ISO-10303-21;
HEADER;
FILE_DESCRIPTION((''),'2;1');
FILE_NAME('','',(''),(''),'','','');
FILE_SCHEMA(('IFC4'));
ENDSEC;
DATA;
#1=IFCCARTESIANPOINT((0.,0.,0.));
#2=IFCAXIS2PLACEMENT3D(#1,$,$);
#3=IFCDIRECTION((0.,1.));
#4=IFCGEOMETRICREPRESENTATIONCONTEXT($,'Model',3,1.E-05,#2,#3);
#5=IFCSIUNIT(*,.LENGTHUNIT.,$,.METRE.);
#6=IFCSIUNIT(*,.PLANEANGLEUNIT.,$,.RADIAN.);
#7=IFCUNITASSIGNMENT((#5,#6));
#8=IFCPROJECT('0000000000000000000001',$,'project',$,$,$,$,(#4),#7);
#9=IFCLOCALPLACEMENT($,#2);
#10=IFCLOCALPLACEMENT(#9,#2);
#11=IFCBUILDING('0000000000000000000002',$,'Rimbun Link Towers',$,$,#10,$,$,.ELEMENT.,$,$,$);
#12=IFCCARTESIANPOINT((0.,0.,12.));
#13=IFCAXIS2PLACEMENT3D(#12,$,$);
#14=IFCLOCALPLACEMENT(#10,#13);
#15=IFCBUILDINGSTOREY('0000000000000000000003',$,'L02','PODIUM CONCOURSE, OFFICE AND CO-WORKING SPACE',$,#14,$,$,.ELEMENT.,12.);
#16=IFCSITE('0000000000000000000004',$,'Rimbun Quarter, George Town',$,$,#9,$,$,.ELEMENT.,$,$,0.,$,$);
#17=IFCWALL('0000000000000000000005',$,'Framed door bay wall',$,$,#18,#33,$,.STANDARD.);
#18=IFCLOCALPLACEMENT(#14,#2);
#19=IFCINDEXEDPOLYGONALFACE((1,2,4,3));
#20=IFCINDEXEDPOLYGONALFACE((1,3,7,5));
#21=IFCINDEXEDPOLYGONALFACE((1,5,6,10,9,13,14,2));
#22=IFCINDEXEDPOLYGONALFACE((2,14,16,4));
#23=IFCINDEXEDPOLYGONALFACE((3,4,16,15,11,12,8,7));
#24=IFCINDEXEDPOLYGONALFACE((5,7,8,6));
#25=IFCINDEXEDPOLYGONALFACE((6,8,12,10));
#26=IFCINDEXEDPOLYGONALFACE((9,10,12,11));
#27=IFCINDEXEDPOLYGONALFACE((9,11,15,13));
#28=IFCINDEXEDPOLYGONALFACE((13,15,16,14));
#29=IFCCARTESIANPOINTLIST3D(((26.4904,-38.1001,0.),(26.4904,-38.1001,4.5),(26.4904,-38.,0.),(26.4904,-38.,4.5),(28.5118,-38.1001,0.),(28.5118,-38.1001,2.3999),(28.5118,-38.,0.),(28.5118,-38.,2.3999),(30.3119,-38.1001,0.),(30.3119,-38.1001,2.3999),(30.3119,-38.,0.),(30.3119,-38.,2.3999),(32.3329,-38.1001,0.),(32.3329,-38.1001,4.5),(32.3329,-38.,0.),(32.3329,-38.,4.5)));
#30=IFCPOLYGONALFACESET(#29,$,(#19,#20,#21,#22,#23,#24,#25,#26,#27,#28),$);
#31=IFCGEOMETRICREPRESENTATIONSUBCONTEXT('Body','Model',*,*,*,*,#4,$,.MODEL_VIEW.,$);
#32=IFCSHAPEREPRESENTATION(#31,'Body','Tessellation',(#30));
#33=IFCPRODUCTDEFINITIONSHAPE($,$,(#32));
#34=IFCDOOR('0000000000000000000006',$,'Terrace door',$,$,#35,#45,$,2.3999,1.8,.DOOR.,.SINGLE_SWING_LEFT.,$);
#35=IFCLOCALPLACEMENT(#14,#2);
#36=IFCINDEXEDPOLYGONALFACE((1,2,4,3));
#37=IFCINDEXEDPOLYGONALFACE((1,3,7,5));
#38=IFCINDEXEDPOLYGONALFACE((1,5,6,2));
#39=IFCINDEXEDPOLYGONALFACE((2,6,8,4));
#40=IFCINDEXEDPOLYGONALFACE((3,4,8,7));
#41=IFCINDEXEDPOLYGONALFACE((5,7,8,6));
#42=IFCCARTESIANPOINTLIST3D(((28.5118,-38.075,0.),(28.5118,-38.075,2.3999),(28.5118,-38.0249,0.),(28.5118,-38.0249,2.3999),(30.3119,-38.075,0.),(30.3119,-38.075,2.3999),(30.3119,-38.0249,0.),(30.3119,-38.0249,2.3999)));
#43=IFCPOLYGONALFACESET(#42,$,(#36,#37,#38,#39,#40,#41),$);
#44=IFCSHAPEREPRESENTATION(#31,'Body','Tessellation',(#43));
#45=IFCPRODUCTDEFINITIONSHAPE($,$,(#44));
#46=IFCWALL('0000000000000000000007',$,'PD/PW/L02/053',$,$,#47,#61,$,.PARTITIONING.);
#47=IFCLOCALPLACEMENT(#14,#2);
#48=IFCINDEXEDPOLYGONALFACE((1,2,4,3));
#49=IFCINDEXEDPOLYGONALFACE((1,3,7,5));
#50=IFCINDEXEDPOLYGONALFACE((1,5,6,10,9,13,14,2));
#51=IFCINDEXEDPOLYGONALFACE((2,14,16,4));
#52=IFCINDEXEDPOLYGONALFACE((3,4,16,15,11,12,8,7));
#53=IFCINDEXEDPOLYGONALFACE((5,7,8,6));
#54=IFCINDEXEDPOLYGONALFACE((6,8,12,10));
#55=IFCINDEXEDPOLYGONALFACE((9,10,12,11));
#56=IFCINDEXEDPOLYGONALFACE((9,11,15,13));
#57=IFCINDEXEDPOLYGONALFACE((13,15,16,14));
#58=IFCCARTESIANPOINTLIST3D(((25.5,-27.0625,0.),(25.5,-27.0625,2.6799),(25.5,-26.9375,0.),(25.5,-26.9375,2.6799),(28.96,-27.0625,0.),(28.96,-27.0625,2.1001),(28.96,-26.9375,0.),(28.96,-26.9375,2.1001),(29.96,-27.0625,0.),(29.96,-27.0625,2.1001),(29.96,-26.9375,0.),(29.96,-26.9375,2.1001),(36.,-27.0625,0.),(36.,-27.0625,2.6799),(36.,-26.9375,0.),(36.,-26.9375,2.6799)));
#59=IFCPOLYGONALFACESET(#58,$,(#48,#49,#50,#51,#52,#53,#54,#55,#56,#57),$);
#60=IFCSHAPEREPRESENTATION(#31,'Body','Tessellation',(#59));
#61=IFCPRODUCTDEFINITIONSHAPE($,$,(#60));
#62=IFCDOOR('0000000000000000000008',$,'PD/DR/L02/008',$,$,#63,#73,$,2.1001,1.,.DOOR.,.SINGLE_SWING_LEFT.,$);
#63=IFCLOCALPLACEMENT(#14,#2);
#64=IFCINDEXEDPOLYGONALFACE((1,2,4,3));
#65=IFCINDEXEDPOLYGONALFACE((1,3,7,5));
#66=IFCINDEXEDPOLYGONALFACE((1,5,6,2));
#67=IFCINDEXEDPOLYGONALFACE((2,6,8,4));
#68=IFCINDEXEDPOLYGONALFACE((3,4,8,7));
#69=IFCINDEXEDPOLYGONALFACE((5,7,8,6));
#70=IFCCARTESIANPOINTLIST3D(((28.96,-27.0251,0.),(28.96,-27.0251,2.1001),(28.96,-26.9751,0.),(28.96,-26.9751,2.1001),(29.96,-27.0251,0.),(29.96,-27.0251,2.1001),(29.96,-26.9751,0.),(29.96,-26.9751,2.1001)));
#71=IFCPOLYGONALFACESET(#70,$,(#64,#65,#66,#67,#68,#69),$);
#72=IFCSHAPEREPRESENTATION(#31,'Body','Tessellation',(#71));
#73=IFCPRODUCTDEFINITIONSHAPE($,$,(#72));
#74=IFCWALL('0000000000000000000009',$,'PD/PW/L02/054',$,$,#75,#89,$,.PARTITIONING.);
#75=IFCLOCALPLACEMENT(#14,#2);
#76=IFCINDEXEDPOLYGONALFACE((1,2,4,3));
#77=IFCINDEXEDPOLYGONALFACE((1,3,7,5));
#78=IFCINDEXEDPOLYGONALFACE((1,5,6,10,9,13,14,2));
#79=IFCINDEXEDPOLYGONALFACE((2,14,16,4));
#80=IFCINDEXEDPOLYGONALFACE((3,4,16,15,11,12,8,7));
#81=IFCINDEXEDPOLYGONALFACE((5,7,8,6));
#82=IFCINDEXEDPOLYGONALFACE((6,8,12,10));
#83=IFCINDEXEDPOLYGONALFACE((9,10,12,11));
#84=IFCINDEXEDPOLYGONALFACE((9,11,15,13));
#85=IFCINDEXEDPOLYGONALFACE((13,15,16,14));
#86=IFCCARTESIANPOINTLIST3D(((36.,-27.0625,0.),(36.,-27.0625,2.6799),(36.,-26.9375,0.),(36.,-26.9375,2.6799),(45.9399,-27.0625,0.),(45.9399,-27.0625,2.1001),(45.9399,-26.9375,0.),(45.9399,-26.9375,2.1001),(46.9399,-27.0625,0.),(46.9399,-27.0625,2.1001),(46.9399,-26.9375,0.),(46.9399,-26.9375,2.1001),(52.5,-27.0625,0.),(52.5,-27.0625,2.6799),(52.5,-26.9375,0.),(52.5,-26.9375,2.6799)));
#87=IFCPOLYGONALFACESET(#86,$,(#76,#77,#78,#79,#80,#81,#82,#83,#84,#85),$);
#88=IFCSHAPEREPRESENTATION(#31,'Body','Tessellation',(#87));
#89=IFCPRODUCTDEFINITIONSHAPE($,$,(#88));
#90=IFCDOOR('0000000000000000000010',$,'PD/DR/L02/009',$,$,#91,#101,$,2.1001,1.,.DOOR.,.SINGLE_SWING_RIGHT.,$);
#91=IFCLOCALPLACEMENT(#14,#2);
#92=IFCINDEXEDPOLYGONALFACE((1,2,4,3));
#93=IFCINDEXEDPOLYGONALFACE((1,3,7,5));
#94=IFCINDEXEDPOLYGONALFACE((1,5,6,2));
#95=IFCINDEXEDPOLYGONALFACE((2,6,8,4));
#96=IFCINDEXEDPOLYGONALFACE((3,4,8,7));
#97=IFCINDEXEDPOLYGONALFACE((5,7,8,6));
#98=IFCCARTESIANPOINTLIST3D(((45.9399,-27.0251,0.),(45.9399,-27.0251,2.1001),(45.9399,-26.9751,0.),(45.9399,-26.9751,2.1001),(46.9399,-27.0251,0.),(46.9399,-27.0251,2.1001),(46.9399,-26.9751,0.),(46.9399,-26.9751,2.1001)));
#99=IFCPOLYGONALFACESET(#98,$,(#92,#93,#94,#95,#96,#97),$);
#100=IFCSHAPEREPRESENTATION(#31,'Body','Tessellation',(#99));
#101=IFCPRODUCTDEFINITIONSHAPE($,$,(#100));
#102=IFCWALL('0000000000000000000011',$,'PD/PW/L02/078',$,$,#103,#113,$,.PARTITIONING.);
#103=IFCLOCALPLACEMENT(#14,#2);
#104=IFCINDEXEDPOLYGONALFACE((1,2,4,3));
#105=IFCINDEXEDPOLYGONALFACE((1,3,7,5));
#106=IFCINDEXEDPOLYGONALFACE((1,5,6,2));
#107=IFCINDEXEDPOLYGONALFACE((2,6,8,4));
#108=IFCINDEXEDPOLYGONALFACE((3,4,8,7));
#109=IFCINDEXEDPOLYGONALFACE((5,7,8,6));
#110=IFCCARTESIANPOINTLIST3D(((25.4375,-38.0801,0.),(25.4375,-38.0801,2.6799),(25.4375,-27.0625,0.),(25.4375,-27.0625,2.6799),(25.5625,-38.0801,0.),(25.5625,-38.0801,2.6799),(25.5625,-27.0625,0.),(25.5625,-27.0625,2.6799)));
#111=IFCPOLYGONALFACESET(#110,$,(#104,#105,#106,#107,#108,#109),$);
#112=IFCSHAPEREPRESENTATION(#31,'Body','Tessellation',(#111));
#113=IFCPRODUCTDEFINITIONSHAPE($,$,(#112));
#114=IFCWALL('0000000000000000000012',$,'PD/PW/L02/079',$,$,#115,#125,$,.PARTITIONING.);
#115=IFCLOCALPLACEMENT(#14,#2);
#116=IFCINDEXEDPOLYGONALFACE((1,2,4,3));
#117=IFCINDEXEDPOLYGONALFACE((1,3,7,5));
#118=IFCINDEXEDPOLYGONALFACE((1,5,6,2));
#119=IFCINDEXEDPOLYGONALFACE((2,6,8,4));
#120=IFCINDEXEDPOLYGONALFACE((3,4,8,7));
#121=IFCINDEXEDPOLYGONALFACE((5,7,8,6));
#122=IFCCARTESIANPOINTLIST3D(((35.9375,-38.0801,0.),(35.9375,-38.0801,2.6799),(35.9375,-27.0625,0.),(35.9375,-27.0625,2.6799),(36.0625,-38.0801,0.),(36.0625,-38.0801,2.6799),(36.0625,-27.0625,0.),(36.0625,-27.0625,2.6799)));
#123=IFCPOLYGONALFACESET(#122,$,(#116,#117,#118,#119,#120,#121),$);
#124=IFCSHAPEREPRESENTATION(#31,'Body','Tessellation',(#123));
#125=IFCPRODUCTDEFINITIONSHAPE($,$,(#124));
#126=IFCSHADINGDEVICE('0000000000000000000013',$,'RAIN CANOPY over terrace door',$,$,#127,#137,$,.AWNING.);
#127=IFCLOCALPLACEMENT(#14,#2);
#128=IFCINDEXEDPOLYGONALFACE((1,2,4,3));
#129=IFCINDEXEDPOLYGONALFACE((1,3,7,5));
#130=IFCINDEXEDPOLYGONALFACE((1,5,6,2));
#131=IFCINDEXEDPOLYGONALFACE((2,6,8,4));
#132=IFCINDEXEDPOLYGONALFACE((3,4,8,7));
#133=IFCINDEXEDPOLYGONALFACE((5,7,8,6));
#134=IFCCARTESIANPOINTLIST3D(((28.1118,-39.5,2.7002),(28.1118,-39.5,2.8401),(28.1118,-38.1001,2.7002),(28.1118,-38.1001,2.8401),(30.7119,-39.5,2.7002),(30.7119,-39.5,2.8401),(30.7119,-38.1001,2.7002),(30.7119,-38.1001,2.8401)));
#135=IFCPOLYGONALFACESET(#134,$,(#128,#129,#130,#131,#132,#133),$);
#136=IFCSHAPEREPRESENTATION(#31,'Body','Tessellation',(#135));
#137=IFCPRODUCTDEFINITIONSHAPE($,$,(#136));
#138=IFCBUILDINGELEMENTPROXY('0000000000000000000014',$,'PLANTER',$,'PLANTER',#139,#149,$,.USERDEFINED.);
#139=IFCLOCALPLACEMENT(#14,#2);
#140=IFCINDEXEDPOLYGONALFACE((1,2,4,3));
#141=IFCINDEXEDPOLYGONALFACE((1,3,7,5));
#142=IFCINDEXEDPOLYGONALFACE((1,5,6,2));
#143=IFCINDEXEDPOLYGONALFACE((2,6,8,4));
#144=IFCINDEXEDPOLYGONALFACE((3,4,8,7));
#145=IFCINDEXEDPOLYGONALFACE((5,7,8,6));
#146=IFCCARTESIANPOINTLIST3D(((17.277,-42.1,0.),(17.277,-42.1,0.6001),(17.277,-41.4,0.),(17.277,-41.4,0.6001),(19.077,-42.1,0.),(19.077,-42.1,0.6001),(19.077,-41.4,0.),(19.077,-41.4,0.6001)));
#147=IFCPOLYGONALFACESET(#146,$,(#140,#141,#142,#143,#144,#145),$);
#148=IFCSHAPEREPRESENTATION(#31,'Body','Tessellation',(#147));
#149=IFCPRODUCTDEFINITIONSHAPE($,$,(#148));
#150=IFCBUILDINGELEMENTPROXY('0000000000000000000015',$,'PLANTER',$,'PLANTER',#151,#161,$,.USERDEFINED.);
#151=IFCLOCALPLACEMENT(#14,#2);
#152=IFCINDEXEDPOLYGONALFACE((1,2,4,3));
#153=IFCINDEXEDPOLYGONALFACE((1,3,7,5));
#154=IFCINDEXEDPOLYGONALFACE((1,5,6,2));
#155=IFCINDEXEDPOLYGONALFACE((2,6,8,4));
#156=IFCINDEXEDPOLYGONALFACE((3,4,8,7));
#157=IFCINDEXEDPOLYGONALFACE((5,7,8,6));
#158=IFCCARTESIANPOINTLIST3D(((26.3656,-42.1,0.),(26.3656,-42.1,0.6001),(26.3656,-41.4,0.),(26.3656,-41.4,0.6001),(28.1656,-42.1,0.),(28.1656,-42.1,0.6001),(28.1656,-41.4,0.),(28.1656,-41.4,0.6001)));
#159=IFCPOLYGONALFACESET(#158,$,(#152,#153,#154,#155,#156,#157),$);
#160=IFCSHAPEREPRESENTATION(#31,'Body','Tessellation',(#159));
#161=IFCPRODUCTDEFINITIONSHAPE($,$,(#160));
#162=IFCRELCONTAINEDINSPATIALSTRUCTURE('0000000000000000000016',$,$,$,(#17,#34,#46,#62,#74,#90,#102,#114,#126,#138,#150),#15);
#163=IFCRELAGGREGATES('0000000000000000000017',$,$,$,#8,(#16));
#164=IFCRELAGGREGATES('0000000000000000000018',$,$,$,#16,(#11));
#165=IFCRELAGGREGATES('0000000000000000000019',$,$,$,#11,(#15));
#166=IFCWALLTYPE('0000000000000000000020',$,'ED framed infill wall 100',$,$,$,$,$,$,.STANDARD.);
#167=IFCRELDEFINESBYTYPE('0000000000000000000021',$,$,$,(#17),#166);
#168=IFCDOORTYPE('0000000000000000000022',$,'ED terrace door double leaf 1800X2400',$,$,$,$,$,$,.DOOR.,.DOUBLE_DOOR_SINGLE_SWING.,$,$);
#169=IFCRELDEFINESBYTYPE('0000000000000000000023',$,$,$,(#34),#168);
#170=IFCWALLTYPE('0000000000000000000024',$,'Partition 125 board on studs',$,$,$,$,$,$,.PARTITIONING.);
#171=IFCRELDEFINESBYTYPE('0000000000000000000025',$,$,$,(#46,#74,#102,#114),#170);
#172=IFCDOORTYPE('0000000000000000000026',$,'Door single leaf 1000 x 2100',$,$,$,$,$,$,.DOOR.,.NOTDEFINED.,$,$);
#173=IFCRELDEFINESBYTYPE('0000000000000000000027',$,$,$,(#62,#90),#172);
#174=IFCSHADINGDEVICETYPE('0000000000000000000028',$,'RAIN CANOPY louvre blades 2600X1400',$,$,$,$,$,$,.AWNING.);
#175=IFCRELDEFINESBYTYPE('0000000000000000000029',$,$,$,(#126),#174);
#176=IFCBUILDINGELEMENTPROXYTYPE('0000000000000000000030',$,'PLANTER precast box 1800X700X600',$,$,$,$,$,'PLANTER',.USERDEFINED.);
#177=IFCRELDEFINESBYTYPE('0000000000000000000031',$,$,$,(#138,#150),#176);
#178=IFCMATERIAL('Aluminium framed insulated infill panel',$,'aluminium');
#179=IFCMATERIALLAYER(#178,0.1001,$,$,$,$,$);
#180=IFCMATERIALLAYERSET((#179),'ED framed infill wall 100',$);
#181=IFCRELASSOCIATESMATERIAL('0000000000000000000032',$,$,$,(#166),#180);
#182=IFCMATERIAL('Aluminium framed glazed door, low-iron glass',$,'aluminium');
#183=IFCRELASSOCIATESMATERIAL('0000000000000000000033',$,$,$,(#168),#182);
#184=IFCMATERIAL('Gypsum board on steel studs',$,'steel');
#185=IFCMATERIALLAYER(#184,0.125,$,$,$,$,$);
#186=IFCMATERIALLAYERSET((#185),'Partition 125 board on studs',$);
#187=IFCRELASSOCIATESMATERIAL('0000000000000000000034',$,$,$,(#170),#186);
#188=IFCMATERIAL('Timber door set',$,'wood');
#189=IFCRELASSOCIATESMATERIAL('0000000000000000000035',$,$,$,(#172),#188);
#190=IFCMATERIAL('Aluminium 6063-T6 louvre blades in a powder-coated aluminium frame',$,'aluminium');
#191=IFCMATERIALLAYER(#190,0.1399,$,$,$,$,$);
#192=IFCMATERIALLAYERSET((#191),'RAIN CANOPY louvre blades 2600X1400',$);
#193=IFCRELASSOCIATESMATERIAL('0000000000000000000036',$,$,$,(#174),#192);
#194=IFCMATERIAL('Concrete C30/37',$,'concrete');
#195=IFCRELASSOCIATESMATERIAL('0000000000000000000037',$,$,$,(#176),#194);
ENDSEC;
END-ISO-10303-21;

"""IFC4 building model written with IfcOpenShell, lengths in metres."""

from ifc_helpers import new_model, si_unit, direction, frame, frame_2d, origin, origin_2d, place, context, subcontext, project, spatial, rectangle, extrude, material, layer, layer_set, type_object, element, fill, save


model = new_model("IFC4")

# Units and contexts
model_context = context("Model", 3, precision=1e-05, world=origin(), true_north=direction((0.0, 1.0)))
body_context = subcontext(model_context, "Body", "Model", "MODEL_VIEW")
ifc_project = project(units=[si_unit("LENGTHUNIT", "METRE"), si_unit("PLANEANGLEUNIT", "RADIAN")], contexts=[model_context])

# Site, building, storey
site_placement = place(None, origin())
site = spatial("IfcSite", under=ifc_project, at=site_placement, Name="Rimbun Quarter, George Town", CompositionType="ELEMENT", RefElevation=0.0)
building_placement = place(site_placement, origin())
building = spatial("IfcBuilding", under=site, at=building_placement, Name="Rimbun Link Towers", CompositionType="ELEMENT")
storey_placement = place(building_placement, frame((0.0, 0.0, 12.0)))
storey = spatial("IfcBuildingStorey", under=building, at=storey_placement, Name="L02", Description="PODIUM CONCOURSE, OFFICE AND CO-WORKING SPACE", CompositionType="ELEMENT", Elevation=12.0)

# Walls, openings, doors
ifc_material_1 = material(Name="Aluminium framed insulated infill panel", Category="aluminium")
ifc_layer_1 = layer(ifc_material_1, 0.1001)
ifc_layer_set_1 = layer_set([ifc_layer_1], Name="ED framed infill wall 100")
wall_type_1 = type_object("IfcWallType", Name="ED framed infill wall 100", PredefinedType="STANDARD", material=ifc_layer_set_1)
wall_1_placement = place(storey_placement, frame((32.333, -38.05, 0.0), z_axis=(0.0, 0.0, 1.0), x_axis=(-1.0, 0.0, 0.0)))
wall_1 = element("IfcWall", 1, at=wall_1_placement, inside=storey, type_object=wall_type_1, Name="Framed door bay wall", PredefinedType="STANDARD", context=body_context, shape_type="SweptSolid", body=[
    extrude(rectangle(XDim=5.8425, YDim=0.1001, at=frame_2d((2.9214, 0.0))), origin(), (0.0, 0.0, 1.0), 4.5),
])
opening_1_placement = place(wall_1_placement, frame((2.0212, 0.0, 0.0)))
opening_1 = element("IfcOpeningElement", 2, at=opening_1_placement, cuts=wall_1, PredefinedType="OPENING", context=body_context, shape_type="SweptSolid", body=[
    extrude(rectangle(XDim=1.8, YDim=2.3999, at=frame_2d((0.8999, 1.2))), frame((0.0, 0.0601, 0.0), z_axis=(0.0, -1.0, 0.0), x_axis=(1.0, 0.0, 0.0)), (0.0, 0.0, 1.0), 0.1201),
])
ifc_material_2 = material(Name="Aluminium framed glazed door, low-iron glass", Category="aluminium")
door_type_1 = type_object("IfcDoorType", Name="ED terrace door double leaf 1800X2400", OperationType="DOUBLE_DOOR_SINGLE_SWING", PredefinedType="DOOR", material=ifc_material_2)
door_1_placement = place(opening_1_placement, origin())
door_1 = element("IfcDoor", 3, at=door_1_placement, inside=storey, type_object=door_type_1, Name="Terrace door", OperationType="SINGLE_SWING_LEFT", OverallHeight=2.3999, OverallWidth=1.8, PredefinedType="DOOR", context=body_context, shape_type="SweptSolid", body=[
    extrude(rectangle(XDim=1.8, YDim=2.3999, at=frame_2d((0.8999, 1.2))), frame((0.0, 0.0249, 0.0), z_axis=(0.0, -1.0, 0.0), x_axis=(1.0, 0.0, 0.0)), (0.0, 0.0, 1.0), 0.05),
])
fill(opening_1, door_1)
ifc_material_3 = material(Name="Gypsum board on steel studs", Category="steel")
ifc_layer_2 = layer(ifc_material_3, 0.125)
ifc_layer_set_2 = layer_set([ifc_layer_2], Name="Partition 125 board on studs")
wall_type_2 = type_object("IfcWallType", Name="Partition 125 board on studs", PredefinedType="PARTITIONING", material=ifc_layer_set_2)
wall_2_placement = place(storey_placement, frame((25.5, -27.0, 0.0), z_axis=(0.0, 0.0, 1.0), x_axis=(1.0, 0.0, 0.0)))
wall_2 = element("IfcWall", 4, at=wall_2_placement, inside=storey, type_object=wall_type_2, Name="PD/PW/L02/053", PredefinedType="PARTITIONING", context=body_context, shape_type="SweptSolid", body=[
    extrude(rectangle(XDim=10.5, YDim=0.125, at=frame_2d((5.25, 0.0))), origin(), (0.0, 0.0, 1.0), 2.6799),
])
opening_2_placement = place(wall_2_placement, frame((3.46, 0.0, 0.0)))
opening_2 = element("IfcOpeningElement", 5, at=opening_2_placement, cuts=wall_2, PredefinedType="OPENING", context=body_context, shape_type="SweptSolid", body=[
    extrude(rectangle(XDim=1.0, YDim=2.1001, at=frame_2d((0.5, 1.05))), frame((0.0, 0.0725, 0.0), z_axis=(0.0, -1.0, 0.0), x_axis=(1.0, 0.0, 0.0)), (0.0, 0.0, 1.0), 0.145),
])
ifc_material_4 = material(Name="Timber door set", Category="wood")
door_type_2 = type_object("IfcDoorType", Name="Door single leaf 1000 x 2100", OperationType="NOTDEFINED", PredefinedType="DOOR", material=ifc_material_4)
door_2_placement = place(opening_2_placement, origin())
door_2 = element("IfcDoor", 6, at=door_2_placement, inside=storey, type_object=door_type_2, Name="PD/DR/L02/008", OperationType="SINGLE_SWING_LEFT", OverallHeight=2.1001, OverallWidth=1.0, PredefinedType="DOOR", context=body_context, shape_type="SweptSolid", body=[
    extrude(rectangle(XDim=1.0, YDim=2.1001, at=frame_2d((0.5, 1.05))), frame((0.0, 0.0249, 0.0), z_axis=(0.0, -1.0, 0.0), x_axis=(1.0, 0.0, 0.0)), (0.0, 0.0, 1.0), 0.05),
])
fill(opening_2, door_2)
wall_3_placement = place(storey_placement, frame((36.0, -27.0, 0.0), z_axis=(0.0, 0.0, 1.0), x_axis=(1.0, 0.0, 0.0)))
wall_3 = element("IfcWall", 7, at=wall_3_placement, inside=storey, type_object=wall_type_2, Name="PD/PW/L02/054", PredefinedType="PARTITIONING", context=body_context, shape_type="SweptSolid", body=[
    extrude(rectangle(XDim=16.5, YDim=0.125, at=frame_2d((8.25, 0.0))), origin(), (0.0, 0.0, 1.0), 2.6799),
])
opening_3_placement = place(wall_3_placement, frame((9.9399, 0.0, 0.0)))
opening_3 = element("IfcOpeningElement", 8, at=opening_3_placement, cuts=wall_3, PredefinedType="OPENING", context=body_context, shape_type="SweptSolid", body=[
    extrude(rectangle(XDim=1.0, YDim=2.1001, at=frame_2d((0.5, 1.05))), frame((0.0, 0.0725, 0.0), z_axis=(0.0, -1.0, 0.0), x_axis=(1.0, 0.0, 0.0)), (0.0, 0.0, 1.0), 0.145),
])
door_3_placement = place(opening_3_placement, origin())
door_3 = element("IfcDoor", 9, at=door_3_placement, inside=storey, type_object=door_type_2, Name="PD/DR/L02/009", OperationType="SINGLE_SWING_RIGHT", OverallHeight=2.1001, OverallWidth=1.0, PredefinedType="DOOR", context=body_context, shape_type="SweptSolid", body=[
    extrude(rectangle(XDim=1.0, YDim=2.1001, at=frame_2d((0.5, 1.05))), frame((0.0, 0.0249, 0.0), z_axis=(0.0, -1.0, 0.0), x_axis=(1.0, 0.0, 0.0)), (0.0, 0.0, 1.0), 0.05),
])
fill(opening_3, door_3)

# Walls
for number, where, z_axis, x_axis, name in (
    (10, (25.5, -38.0801, 0.0), (0.0, 0.0, 1.0), (0.0, 1.0, 0.0), "PD/PW/L02/078"),
    (11, (36.0, -38.0801, 0.0), (0.0, 0.0, 1.0), (0.0, 1.0, 0.0), "PD/PW/L02/079"),
):
    element("IfcWall", number, at=place(storey_placement, frame(where, z_axis=z_axis, x_axis=x_axis)), inside=storey, type_object=wall_type_2, Name=name, PredefinedType="PARTITIONING", context=body_context, shape_type="SweptSolid", body=[
        extrude(rectangle(XDim=11.0176, YDim=0.125, at=frame_2d((5.5088, 0.0))), origin(), (0.0, 0.0, 1.0), 2.6799),
    ])

# Shading device
ifc_material_5 = material(Name="Aluminium 6063-T6 louvre blades in a powder-coated aluminium frame", Category="aluminium")
ifc_layer_3 = layer(ifc_material_5, 0.1399)
ifc_layer_set_3 = layer_set([ifc_layer_3], Name="RAIN CANOPY louvre blades 2600X1400")
shading_device_type = type_object("IfcShadingDeviceType", Name="RAIN CANOPY louvre blades 2600X1400", PredefinedType="AWNING", material=ifc_layer_set_3)
shading_device_placement = place(storey_placement, frame((29.4119, -38.8, 2.7002), z_axis=(0.0, 0.0, 1.0), x_axis=(-1.0, 0.0, 0.0)))
element("IfcShadingDevice", 12, at=shading_device_placement, inside=storey, type_object=shading_device_type, Name="RAIN CANOPY over terrace door", PredefinedType="AWNING", context=body_context, shape_type="SweptSolid", body=[
    extrude(rectangle(XDim=2.6001, YDim=1.3999, at=origin_2d()), origin(), (0.0, 0.0, 1.0), 0.1399),
])

# Building element proxies
ifc_material_6 = material(Name="Concrete C30/37", Category="concrete")
building_element_proxy_type = type_object("IfcBuildingElementProxyType", Name="PLANTER precast box 1800X700X600", ElementType="PLANTER", PredefinedType="USERDEFINED", material=ifc_material_6)
for number, where, z_axis, x_axis, name in (
    (13, (18.177, -41.75, 0.0), (0.0, 0.0, 1.0), (1.0, 0.0, 0.0), "PLANTER"),
    (14, (27.2656, -41.75, 0.0), (0.0, 0.0, 1.0), (1.0, 0.0, 0.0), "PLANTER"),
):
    element("IfcBuildingElementProxy", number, at=place(storey_placement, frame(where, z_axis=z_axis, x_axis=x_axis)), inside=storey, type_object=building_element_proxy_type, Name=name, ObjectType="PLANTER", PredefinedType="USERDEFINED", context=body_context, shape_type="SweptSolid", body=[
        extrude(rectangle(XDim=1.8, YDim=0.7, at=origin_2d()), origin(), (0.0, 0.0, 1.0), 0.6001),
    ])

save(model, "model.ifc")
